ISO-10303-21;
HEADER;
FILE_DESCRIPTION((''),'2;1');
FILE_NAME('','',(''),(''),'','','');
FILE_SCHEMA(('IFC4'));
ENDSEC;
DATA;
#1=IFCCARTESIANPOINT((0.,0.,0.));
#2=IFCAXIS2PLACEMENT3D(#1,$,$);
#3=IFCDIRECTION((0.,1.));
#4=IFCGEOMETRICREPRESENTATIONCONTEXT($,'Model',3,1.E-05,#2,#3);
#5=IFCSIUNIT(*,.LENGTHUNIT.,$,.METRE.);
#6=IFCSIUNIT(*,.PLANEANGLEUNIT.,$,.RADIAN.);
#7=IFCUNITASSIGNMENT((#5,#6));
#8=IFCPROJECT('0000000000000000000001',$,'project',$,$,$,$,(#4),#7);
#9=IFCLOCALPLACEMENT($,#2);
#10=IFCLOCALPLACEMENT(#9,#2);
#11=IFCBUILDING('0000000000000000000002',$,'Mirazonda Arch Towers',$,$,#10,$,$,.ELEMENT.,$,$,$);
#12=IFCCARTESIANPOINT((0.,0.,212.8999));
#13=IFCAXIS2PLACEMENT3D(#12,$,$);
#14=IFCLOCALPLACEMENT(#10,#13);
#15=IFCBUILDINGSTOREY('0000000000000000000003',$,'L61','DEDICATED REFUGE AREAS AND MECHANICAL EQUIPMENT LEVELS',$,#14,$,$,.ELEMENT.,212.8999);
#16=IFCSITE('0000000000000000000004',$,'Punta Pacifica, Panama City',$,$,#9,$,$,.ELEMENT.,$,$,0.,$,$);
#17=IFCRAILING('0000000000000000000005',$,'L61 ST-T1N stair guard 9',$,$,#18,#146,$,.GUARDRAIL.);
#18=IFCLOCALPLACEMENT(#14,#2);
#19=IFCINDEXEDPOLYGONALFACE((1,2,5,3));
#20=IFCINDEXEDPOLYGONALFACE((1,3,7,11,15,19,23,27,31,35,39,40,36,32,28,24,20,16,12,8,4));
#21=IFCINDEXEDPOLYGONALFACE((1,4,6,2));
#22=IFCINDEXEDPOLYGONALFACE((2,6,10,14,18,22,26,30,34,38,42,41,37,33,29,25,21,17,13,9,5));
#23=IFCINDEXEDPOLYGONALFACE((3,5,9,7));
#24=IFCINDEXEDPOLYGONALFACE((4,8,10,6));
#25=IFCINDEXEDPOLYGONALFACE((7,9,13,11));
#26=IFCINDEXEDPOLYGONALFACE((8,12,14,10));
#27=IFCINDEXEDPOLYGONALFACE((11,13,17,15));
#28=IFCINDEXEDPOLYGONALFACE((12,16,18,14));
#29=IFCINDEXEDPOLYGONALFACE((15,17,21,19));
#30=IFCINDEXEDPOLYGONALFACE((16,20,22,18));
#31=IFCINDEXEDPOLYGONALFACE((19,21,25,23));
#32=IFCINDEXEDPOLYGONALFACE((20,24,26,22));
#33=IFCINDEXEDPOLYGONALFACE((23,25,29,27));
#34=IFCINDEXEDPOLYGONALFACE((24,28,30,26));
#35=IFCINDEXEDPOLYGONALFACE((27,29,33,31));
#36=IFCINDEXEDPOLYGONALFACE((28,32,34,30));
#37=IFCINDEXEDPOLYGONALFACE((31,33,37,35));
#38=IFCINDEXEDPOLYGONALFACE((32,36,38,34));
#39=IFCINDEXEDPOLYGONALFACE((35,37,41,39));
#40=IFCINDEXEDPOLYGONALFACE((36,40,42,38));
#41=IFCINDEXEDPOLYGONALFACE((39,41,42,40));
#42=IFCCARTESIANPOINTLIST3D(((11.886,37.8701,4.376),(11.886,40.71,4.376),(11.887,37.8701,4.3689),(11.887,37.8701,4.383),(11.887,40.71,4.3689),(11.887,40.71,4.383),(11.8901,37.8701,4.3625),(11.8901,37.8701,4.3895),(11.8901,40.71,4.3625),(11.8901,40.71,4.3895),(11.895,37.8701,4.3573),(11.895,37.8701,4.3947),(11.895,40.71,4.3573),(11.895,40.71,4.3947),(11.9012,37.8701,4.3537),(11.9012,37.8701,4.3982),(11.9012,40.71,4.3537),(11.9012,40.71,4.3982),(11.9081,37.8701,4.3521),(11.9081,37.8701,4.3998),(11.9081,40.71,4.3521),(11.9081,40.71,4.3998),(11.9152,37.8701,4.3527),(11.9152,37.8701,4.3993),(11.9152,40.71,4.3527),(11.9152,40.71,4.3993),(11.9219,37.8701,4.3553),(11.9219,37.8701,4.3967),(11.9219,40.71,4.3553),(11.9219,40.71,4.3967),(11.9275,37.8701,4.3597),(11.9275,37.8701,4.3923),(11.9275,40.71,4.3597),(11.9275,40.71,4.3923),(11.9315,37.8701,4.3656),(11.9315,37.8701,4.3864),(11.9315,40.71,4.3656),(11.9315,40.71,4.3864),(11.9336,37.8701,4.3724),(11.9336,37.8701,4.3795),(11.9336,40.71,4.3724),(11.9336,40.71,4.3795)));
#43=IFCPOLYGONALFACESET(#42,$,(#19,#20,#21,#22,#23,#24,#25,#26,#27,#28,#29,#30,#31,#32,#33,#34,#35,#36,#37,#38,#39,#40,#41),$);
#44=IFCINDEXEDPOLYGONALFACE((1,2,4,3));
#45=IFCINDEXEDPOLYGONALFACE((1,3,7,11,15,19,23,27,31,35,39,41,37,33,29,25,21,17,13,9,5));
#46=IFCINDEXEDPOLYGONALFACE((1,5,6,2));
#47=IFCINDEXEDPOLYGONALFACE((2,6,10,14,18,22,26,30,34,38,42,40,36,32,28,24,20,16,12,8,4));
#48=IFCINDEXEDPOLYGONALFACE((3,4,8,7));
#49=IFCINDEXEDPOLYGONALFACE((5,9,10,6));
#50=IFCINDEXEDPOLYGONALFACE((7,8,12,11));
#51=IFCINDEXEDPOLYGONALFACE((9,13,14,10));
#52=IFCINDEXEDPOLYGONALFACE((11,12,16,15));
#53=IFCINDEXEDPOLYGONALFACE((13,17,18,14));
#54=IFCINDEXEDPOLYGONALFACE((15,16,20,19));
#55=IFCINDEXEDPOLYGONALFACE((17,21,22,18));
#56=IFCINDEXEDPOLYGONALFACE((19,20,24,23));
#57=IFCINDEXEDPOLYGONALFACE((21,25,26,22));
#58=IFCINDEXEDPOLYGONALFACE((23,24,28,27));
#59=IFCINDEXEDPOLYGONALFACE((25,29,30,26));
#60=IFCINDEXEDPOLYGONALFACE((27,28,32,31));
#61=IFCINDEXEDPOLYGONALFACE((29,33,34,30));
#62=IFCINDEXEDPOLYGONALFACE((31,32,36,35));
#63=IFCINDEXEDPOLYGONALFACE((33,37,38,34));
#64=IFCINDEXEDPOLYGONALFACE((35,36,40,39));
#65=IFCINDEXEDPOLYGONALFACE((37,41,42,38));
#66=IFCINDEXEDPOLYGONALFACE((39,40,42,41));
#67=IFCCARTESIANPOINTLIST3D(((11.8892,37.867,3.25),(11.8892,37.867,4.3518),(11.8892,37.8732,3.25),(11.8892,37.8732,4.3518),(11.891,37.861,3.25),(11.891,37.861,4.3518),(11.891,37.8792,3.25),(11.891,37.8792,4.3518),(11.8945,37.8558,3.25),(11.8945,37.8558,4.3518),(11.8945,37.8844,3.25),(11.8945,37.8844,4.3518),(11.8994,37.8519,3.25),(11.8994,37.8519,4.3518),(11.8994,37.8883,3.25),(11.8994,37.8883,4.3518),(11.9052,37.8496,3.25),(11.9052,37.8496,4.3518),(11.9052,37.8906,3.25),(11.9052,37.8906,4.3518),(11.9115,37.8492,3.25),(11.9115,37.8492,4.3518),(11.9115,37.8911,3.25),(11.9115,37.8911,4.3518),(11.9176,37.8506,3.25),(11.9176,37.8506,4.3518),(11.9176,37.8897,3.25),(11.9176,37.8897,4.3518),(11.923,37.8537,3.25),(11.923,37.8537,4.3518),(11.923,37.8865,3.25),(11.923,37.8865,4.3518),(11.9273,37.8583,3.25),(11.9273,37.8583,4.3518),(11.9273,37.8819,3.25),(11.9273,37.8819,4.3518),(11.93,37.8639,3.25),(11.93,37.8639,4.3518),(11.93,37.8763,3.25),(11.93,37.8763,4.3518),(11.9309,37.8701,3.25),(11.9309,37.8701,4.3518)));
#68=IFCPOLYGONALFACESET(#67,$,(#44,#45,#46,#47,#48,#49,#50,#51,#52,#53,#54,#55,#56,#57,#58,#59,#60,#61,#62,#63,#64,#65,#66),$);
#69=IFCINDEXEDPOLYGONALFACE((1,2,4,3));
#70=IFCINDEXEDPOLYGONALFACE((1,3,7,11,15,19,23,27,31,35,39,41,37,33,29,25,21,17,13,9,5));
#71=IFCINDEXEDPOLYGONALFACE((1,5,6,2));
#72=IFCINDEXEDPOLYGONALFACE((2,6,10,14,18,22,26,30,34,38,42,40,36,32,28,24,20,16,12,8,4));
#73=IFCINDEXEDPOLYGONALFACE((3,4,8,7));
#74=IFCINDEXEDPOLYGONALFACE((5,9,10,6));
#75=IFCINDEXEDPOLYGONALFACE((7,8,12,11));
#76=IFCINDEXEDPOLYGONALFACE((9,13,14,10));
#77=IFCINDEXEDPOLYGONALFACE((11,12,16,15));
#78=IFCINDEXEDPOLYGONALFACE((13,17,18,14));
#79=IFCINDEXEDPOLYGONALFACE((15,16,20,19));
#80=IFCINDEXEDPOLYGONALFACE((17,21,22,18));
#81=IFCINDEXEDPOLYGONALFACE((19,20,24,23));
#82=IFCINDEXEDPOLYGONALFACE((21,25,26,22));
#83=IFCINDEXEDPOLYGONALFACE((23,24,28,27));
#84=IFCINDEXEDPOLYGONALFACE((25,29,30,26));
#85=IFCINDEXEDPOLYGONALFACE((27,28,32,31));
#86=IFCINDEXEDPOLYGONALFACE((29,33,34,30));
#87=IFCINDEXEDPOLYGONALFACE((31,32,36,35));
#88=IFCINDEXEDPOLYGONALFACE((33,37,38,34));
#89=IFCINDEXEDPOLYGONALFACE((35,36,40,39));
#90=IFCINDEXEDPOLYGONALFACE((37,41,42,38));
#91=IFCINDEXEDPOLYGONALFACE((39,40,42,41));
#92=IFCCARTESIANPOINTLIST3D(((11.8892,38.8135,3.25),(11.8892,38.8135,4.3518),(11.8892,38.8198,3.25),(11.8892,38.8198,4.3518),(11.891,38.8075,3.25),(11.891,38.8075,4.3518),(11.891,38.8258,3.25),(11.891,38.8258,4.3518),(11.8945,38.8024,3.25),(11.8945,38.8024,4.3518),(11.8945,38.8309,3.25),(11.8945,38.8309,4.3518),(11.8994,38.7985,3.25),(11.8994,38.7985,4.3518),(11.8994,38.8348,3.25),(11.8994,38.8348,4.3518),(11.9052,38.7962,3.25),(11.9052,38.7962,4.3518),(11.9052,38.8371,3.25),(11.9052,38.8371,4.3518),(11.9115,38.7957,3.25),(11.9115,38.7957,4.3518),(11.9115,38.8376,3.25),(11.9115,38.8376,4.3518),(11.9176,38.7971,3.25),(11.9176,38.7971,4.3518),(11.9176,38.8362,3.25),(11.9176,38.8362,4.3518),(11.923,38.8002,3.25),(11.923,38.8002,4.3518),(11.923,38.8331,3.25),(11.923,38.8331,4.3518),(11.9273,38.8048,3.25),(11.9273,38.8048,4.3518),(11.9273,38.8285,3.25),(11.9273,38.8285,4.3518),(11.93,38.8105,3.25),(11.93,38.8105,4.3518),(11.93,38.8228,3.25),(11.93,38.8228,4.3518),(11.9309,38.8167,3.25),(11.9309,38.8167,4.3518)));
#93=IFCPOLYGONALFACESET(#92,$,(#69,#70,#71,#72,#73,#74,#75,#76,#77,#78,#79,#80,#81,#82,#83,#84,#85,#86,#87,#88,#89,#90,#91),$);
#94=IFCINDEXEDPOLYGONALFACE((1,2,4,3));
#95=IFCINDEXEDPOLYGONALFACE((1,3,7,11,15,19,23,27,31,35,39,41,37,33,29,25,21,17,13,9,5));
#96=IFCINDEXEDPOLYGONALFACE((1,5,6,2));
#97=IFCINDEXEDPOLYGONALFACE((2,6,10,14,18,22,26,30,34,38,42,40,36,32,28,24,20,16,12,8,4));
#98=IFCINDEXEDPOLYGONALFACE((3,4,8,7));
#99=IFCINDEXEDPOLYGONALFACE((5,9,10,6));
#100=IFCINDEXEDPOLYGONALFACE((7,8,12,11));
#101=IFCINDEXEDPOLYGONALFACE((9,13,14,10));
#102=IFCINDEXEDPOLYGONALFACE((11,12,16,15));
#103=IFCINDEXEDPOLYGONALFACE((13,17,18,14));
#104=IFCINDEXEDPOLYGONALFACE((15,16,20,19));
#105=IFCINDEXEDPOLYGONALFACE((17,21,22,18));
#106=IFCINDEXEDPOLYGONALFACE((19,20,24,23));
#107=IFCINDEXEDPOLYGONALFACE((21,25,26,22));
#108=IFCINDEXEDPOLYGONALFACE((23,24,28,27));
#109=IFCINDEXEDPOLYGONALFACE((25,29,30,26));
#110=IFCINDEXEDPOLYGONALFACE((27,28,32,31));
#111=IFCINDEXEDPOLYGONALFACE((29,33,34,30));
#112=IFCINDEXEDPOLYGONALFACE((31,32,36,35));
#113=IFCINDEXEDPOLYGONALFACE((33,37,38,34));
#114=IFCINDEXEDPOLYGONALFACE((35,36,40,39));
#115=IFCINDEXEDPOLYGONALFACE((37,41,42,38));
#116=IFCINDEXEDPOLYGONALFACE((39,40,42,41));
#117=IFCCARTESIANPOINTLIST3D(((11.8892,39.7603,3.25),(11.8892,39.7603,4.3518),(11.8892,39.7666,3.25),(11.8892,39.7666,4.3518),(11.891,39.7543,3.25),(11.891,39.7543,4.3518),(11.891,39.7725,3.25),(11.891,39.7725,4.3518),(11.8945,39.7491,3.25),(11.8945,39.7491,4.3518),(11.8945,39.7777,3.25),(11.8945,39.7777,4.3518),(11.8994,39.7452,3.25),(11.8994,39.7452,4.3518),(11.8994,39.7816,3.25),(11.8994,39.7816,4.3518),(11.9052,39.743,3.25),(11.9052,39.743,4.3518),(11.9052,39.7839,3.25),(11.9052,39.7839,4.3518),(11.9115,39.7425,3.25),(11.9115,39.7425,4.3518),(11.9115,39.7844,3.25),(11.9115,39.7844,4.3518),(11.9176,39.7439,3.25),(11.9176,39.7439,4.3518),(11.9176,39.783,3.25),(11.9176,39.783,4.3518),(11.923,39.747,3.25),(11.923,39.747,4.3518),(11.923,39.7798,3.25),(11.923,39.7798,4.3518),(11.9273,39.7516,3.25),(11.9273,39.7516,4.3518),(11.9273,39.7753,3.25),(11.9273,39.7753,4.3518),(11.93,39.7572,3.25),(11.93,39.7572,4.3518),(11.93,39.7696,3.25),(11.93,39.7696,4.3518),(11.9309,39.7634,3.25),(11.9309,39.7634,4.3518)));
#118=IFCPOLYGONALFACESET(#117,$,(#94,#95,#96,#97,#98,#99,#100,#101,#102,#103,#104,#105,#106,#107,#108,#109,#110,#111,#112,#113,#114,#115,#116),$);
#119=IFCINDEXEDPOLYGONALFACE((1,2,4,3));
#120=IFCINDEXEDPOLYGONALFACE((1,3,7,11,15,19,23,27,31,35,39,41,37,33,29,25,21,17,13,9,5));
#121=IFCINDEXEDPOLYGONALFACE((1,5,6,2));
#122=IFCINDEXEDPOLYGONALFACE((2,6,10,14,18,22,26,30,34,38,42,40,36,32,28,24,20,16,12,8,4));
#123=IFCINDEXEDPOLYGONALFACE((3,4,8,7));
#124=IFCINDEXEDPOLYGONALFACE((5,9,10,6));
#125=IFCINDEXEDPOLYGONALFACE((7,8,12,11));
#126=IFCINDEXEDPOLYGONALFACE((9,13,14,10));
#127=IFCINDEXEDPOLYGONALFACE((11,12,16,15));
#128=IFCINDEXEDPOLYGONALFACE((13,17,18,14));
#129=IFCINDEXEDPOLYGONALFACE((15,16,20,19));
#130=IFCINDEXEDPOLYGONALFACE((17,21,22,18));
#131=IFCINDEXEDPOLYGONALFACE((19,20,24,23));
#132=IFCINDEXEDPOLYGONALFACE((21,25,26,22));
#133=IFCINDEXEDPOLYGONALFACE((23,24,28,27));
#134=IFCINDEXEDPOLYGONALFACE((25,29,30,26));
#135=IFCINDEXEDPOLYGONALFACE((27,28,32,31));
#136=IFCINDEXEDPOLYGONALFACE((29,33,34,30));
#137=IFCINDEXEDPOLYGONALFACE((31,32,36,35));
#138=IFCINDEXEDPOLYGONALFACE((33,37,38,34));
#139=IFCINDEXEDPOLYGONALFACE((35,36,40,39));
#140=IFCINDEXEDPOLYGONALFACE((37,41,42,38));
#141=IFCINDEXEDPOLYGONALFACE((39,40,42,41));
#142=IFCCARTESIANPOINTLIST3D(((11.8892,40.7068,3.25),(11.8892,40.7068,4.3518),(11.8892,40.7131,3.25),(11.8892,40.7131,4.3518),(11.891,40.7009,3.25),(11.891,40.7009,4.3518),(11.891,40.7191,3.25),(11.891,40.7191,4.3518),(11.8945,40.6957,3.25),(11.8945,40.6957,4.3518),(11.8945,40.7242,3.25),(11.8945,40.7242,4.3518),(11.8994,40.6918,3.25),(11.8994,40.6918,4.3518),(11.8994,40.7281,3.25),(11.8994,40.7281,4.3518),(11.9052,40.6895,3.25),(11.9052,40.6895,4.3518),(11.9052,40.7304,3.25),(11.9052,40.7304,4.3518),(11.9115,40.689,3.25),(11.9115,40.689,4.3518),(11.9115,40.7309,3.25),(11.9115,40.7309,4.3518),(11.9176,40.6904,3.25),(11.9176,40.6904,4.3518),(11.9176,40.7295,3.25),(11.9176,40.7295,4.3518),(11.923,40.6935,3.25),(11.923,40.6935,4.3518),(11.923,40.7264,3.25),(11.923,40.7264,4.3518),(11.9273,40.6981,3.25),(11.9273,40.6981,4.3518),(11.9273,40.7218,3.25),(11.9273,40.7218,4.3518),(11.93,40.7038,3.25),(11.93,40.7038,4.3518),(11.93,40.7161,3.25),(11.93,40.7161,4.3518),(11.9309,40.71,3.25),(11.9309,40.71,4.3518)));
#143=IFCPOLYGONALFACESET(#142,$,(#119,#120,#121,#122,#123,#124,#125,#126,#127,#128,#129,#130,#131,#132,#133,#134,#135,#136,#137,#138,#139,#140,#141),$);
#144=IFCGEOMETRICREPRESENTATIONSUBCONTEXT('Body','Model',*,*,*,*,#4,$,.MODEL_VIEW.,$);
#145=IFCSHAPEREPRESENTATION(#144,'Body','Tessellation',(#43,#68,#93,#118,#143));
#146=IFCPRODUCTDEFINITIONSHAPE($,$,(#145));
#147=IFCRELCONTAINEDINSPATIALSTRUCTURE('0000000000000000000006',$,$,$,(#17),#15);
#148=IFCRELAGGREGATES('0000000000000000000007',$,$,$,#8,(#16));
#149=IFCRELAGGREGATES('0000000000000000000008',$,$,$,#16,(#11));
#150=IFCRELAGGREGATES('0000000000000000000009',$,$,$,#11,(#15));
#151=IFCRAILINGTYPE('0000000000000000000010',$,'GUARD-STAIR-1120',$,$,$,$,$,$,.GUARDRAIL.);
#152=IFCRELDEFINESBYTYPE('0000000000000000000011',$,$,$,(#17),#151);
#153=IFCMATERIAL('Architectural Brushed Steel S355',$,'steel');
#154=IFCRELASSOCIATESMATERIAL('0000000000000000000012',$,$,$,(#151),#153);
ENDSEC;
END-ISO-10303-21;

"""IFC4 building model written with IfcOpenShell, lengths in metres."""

from ifc_helpers import new_model, si_unit, direction, frame, origin, origin_2d, place, context, subcontext, project, spatial, circle, extrude, material, type_object, element, save


model = new_model("IFC4")

# Units and contexts
model_context = context("Model", 3, precision=1e-05, world=origin(), true_north=direction((0.0, 1.0)))
body_context = subcontext(model_context, "Body", "Model", "MODEL_VIEW")
ifc_project = project(units=[si_unit("LENGTHUNIT", "METRE"), si_unit("PLANEANGLEUNIT", "RADIAN")], contexts=[model_context])

# Site, building, storey
site_placement = place(None, origin())
site = spatial("IfcSite", under=ifc_project, at=site_placement, Name="Punta Pacifica, Panama City", CompositionType="ELEMENT", RefElevation=0.0)
building_placement = place(site_placement, origin())
building = spatial("IfcBuilding", under=site, at=building_placement, Name="Mirazonda Arch Towers", CompositionType="ELEMENT")
storey_placement = place(building_placement, frame((0.0, 0.0, 212.8999)))
storey = spatial("IfcBuildingStorey", under=building, at=storey_placement, Name="L61", Description="DEDICATED REFUGE AREAS AND MECHANICAL EQUIPMENT LEVELS", CompositionType="ELEMENT", Elevation=212.8999)

# Shared definitions
ifc_material_1 = material(Name="Architectural Brushed Steel S355", Category="steel")

# Railing
railing_type = type_object("IfcRailingType", Name="GUARD-STAIR-1120", PredefinedType="GUARDRAIL", material=ifc_material_1)
railing_placement = place(storey_placement, frame((11.9099, 37.8701, 3.25)))
element("IfcRailing", 1, at=railing_placement, inside=storey, type_object=railing_type, Name="L61 ST-T1N stair guard 9", PredefinedType="GUARDRAIL", context=body_context, shape_type="SweptSolid", body=[
    extrude(circle(Radius=0.0239, at=origin_2d()), frame((0.0, 0.0, 1.126), z_axis=(0.0, 1.0, 0.0), x_axis=(-1.0, 0.0, 0.0)), (0.0, 0.0, 1.0), 2.8398),
    extrude(circle(Radius=0.021, at=origin_2d()), origin(), (0.0, 0.0, 1.0), 1.1018),
    extrude(circle(Radius=0.021, at=origin_2d()), frame((0.0, 0.9465, 0.0)), (0.0, 0.0, 1.0), 1.1018),
    extrude(circle(Radius=0.021, at=origin_2d()), frame((0.0, 1.8933, 0.0)), (0.0, 0.0, 1.0), 1.1018),
    extrude(circle(Radius=0.021, at=origin_2d()), frame((0.0, 2.8398, 0.0)), (0.0, 0.0, 1.0), 1.1018),
])

save(model, "model.ifc")
